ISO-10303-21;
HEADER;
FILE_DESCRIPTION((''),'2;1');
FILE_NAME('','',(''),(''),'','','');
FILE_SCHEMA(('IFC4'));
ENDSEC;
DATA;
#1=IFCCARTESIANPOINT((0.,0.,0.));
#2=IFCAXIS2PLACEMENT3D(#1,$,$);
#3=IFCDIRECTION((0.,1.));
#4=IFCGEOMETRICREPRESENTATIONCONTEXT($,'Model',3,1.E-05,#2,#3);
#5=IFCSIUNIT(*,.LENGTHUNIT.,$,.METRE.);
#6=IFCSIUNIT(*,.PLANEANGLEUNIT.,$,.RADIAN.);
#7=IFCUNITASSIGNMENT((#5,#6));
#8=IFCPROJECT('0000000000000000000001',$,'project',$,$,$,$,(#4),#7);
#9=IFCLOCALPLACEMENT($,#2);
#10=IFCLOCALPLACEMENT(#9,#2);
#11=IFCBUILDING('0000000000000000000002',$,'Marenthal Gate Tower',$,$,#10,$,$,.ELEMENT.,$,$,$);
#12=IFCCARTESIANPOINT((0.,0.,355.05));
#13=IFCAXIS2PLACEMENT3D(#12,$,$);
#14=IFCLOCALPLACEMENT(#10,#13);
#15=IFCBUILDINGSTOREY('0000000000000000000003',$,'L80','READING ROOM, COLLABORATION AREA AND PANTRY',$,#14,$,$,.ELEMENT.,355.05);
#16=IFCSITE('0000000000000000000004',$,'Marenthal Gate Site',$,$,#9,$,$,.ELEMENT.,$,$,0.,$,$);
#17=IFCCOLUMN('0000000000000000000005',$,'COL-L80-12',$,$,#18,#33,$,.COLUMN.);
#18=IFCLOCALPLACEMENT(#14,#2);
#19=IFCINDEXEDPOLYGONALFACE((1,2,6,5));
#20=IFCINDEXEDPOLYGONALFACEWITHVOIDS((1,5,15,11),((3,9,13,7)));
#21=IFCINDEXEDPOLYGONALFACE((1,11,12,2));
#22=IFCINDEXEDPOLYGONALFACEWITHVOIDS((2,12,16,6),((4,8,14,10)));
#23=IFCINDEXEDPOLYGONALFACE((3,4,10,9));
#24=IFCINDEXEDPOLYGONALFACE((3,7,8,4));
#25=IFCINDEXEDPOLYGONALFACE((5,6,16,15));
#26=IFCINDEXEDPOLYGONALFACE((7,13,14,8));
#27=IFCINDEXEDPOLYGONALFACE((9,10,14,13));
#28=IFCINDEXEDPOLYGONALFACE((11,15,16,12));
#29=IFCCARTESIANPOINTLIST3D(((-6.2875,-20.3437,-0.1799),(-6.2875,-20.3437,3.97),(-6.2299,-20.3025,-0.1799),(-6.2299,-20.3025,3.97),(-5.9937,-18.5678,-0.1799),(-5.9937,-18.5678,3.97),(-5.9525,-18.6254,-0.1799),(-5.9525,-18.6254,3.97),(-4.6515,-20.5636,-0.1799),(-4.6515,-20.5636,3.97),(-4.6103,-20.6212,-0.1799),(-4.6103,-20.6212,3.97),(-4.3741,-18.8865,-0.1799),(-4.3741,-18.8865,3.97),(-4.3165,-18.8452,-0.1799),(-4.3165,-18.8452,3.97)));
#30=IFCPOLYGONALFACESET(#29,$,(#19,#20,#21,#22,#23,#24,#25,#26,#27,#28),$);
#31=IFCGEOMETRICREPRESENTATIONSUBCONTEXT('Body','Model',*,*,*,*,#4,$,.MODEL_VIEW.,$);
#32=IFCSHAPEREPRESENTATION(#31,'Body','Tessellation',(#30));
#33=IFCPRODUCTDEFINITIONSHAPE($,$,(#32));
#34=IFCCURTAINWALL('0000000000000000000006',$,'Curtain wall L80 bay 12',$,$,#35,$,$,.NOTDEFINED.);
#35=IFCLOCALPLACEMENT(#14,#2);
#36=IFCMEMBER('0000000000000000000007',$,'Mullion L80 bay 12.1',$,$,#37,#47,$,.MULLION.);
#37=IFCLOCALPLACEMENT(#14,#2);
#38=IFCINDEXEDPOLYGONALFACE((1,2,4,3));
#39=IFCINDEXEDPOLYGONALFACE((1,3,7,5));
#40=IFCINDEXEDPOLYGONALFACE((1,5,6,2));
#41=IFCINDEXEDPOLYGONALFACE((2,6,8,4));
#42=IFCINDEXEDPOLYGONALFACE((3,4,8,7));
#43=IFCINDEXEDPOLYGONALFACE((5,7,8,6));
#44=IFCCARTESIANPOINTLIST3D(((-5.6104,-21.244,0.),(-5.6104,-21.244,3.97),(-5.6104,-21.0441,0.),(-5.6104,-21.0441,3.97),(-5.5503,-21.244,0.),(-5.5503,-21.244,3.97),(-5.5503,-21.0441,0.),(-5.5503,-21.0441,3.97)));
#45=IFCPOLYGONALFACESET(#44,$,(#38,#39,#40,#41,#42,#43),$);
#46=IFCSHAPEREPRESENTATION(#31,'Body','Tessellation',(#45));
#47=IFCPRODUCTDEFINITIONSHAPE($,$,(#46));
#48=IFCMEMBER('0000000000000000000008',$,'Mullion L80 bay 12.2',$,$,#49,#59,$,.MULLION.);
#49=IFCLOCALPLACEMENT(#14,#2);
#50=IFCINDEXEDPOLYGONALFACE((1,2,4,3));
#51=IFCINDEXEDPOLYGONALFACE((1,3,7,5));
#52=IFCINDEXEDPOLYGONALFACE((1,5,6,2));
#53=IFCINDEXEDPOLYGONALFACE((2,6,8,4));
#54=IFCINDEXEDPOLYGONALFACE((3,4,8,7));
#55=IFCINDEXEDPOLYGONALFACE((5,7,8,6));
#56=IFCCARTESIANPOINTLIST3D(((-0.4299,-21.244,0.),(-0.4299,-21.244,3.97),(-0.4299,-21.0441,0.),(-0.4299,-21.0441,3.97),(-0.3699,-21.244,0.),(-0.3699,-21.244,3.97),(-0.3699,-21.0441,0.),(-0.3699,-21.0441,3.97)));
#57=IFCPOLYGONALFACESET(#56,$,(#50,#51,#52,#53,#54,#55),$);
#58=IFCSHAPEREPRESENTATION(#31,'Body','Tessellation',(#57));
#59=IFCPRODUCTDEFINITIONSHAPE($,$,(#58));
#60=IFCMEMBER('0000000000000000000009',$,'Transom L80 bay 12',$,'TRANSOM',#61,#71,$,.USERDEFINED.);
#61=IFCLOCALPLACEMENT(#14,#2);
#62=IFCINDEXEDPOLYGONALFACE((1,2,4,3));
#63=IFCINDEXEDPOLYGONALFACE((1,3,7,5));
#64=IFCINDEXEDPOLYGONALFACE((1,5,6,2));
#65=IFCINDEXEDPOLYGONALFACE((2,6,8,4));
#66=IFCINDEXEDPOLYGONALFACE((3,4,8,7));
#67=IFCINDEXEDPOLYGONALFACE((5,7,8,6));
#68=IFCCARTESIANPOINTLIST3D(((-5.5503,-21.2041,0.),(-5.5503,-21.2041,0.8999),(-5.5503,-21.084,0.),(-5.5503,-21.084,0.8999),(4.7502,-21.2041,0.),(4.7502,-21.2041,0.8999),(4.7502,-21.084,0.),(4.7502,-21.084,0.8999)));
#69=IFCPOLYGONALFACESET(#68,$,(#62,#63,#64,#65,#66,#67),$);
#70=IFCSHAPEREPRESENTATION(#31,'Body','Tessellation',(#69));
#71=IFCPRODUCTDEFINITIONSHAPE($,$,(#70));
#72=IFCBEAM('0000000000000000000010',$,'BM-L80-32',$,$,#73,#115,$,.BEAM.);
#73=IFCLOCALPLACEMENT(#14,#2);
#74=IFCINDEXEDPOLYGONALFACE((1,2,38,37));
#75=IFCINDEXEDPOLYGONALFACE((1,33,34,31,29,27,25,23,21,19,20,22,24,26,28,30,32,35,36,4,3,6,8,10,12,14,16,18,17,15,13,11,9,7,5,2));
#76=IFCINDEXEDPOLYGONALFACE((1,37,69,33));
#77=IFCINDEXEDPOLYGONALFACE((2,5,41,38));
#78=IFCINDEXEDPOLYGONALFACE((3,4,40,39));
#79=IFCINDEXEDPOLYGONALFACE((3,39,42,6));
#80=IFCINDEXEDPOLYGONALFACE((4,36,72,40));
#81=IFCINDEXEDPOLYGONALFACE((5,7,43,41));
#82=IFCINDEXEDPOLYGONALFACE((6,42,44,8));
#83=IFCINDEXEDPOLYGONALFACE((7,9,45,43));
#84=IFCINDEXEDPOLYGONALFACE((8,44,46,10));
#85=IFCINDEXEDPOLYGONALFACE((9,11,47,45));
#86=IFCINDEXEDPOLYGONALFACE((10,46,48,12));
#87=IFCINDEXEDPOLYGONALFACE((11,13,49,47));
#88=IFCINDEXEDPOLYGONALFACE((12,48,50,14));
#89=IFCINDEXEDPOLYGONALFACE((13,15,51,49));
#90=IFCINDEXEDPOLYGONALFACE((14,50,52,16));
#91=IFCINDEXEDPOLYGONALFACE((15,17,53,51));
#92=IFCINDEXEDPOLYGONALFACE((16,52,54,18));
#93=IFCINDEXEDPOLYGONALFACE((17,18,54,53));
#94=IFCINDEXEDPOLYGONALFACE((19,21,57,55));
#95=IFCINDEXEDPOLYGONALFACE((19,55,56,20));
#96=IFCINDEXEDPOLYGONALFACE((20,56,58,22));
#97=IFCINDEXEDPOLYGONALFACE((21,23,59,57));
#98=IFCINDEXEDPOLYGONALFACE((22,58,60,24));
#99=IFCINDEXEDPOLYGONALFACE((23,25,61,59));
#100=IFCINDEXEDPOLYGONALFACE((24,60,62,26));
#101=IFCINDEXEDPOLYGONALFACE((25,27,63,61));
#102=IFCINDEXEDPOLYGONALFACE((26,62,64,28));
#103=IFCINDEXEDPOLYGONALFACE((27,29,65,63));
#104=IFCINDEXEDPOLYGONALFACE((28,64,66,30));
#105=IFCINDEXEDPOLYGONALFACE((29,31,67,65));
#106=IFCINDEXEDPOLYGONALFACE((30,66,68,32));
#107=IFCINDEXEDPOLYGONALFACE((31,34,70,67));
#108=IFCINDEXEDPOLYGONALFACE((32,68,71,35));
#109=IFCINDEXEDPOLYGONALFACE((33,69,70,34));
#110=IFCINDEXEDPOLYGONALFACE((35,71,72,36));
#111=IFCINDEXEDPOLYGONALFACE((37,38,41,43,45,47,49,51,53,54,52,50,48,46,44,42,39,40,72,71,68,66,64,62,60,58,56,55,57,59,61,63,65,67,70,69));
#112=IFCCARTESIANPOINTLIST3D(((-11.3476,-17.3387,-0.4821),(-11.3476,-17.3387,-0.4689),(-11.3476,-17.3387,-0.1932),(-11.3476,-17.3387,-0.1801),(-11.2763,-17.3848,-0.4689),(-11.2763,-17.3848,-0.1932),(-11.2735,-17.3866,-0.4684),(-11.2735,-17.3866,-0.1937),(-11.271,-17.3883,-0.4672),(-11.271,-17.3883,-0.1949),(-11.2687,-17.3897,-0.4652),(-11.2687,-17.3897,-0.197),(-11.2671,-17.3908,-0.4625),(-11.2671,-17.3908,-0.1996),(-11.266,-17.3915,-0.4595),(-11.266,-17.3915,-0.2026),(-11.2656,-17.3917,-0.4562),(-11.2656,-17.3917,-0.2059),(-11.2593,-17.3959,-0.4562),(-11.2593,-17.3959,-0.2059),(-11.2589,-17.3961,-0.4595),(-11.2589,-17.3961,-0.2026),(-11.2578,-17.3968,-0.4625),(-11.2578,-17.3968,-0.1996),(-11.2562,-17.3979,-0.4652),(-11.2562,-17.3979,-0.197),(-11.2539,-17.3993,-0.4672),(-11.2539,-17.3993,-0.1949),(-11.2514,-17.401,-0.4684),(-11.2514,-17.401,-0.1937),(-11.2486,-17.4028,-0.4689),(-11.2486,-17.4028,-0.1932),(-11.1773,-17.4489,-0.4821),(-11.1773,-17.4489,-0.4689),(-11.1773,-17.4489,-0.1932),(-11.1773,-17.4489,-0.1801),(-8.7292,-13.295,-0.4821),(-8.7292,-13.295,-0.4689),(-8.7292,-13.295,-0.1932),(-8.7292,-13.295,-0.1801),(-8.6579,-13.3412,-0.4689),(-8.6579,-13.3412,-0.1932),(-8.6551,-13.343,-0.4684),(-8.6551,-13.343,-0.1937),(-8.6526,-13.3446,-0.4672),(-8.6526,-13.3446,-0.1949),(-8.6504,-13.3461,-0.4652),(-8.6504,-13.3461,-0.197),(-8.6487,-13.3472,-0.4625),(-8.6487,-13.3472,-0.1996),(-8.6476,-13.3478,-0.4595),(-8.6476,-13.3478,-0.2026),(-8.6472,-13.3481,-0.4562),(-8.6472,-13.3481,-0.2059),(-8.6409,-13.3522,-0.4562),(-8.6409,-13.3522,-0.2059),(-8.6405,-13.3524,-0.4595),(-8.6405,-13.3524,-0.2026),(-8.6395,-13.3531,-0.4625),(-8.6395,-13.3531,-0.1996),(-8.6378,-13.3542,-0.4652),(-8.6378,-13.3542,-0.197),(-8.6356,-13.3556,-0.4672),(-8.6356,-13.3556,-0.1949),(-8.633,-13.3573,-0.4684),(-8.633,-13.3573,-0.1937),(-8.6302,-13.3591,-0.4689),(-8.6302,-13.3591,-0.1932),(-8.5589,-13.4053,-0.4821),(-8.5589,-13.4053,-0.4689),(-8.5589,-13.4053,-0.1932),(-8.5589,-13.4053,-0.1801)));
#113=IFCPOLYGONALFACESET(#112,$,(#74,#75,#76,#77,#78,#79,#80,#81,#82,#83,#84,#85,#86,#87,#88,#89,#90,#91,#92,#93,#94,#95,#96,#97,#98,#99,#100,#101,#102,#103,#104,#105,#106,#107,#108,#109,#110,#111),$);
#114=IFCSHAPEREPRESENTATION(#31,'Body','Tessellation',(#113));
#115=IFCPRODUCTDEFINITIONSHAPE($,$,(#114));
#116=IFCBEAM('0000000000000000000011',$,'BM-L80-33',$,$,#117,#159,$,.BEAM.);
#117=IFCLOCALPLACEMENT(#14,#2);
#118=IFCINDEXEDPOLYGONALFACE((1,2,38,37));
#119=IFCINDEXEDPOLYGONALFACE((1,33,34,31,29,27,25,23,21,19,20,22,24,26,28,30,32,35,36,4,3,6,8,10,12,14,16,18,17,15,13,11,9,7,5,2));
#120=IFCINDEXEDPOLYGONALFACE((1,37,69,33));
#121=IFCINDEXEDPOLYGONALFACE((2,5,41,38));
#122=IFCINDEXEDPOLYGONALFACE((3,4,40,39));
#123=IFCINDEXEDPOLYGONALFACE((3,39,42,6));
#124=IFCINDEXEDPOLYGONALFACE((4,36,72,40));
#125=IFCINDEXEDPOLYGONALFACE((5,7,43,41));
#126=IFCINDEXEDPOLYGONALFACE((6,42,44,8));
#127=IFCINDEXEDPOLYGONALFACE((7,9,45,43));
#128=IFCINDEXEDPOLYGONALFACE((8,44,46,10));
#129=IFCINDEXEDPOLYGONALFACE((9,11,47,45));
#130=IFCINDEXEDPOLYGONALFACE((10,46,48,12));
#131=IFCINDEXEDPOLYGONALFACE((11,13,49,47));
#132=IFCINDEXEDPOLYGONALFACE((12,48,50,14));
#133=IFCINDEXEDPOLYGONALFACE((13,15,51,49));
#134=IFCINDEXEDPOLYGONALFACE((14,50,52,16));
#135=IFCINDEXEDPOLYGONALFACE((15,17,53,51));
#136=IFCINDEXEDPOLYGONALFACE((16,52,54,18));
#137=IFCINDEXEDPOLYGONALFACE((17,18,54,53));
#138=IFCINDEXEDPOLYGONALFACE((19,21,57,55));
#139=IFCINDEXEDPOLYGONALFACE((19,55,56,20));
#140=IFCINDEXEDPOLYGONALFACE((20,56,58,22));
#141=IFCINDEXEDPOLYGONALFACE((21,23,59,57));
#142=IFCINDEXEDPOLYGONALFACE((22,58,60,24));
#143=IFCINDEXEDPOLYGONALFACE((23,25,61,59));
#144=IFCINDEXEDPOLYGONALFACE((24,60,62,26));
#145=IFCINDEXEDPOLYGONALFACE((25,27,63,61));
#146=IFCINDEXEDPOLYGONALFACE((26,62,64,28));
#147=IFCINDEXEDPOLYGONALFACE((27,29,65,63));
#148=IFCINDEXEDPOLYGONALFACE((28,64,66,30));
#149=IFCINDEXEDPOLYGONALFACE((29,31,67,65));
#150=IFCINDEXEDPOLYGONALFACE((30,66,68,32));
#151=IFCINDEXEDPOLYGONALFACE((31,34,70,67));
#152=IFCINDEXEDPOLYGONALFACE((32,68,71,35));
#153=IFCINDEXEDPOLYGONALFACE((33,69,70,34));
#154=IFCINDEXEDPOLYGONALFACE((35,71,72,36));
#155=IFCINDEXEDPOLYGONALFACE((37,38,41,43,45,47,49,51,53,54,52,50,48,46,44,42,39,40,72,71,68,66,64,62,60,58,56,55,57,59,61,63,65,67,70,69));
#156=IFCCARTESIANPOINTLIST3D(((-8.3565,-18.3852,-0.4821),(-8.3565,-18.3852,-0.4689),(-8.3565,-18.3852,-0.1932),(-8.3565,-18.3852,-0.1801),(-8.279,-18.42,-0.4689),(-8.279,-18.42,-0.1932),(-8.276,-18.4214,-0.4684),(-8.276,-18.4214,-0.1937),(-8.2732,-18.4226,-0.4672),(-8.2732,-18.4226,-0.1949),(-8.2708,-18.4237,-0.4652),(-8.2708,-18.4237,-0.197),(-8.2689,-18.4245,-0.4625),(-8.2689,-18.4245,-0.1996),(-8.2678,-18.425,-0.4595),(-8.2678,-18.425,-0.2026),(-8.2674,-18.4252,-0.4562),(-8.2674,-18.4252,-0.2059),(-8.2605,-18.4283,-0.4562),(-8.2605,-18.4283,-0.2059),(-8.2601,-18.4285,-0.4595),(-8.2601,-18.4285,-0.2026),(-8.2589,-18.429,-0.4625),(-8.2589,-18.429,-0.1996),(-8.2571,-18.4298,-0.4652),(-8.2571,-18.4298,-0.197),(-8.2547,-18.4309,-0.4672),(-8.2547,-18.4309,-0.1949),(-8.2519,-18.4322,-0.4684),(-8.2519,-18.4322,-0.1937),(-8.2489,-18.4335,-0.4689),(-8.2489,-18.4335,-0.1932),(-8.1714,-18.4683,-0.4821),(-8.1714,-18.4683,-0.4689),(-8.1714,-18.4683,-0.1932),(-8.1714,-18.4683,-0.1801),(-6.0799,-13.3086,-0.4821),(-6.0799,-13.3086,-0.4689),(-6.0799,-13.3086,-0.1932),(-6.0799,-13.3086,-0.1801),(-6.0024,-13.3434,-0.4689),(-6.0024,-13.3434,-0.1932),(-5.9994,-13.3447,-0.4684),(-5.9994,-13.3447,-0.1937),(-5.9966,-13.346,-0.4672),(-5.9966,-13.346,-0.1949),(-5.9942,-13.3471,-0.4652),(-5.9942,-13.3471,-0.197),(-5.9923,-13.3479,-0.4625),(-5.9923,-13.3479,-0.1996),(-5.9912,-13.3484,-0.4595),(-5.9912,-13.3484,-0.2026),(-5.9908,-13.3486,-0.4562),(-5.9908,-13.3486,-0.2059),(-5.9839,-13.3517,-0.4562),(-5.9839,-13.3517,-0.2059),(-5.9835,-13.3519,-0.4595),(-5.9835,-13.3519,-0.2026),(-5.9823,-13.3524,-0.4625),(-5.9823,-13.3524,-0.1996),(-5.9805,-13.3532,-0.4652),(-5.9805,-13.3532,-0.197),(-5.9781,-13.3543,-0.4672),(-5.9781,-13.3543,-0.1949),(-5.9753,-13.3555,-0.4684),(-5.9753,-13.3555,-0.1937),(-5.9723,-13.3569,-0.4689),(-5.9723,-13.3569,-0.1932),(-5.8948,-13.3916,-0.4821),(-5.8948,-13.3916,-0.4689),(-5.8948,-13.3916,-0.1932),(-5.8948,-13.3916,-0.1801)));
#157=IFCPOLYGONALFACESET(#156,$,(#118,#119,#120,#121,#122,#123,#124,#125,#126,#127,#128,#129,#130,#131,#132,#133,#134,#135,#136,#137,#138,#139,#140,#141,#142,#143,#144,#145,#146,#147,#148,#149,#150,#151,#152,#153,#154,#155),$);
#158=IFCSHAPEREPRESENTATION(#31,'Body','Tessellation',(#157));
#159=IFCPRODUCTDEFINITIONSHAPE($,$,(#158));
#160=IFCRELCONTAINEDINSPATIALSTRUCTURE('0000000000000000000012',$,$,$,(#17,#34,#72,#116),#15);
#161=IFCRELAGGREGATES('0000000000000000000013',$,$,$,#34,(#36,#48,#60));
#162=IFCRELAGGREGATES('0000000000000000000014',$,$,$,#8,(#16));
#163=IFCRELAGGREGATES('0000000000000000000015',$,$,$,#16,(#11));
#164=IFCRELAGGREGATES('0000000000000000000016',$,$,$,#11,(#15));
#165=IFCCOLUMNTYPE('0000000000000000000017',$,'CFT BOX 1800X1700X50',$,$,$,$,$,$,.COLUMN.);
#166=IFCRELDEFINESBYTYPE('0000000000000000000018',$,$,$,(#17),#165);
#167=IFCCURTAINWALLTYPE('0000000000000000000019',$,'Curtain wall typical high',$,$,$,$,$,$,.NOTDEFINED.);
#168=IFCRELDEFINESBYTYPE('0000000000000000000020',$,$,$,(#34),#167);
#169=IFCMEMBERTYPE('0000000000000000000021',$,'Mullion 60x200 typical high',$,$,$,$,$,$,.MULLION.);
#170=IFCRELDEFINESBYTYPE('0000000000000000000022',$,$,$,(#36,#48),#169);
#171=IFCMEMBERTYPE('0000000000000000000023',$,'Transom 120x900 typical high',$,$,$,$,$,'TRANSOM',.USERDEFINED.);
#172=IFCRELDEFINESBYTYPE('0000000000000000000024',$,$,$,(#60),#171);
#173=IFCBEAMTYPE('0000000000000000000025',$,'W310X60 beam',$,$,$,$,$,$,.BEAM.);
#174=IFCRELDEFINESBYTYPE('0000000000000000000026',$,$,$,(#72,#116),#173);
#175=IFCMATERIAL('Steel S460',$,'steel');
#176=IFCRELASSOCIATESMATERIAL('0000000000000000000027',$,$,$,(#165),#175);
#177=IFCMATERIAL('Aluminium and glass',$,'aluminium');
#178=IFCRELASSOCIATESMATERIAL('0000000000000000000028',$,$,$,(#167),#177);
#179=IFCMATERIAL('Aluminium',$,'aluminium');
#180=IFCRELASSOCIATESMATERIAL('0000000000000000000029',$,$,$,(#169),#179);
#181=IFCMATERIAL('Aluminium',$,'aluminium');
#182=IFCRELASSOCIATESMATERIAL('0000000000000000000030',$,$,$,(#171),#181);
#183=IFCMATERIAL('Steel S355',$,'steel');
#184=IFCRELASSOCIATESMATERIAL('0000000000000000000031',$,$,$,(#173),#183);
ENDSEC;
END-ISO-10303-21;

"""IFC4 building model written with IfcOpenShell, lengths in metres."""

from ifc_helpers import new_model, si_unit, direction, frame, origin, origin_2d, place, context, subcontext, project, spatial, rectangle, hollow_rectangle, i_section, extrude, material, material_profile, profile_set, type_object, element, aggregate, save


model = new_model("IFC4")

# Units and contexts
model_context = context("Model", 3, precision=1e-05, world=origin(), true_north=direction((0.0, 1.0)))
body_context = subcontext(model_context, "Body", "Model", "MODEL_VIEW")
ifc_project = project(units=[si_unit("LENGTHUNIT", "METRE"), si_unit("PLANEANGLEUNIT", "RADIAN")], contexts=[model_context])

# Site, building, storey
site_placement = place(None, origin())
site = spatial("IfcSite", under=ifc_project, at=site_placement, Name="Marenthal Gate Site", CompositionType="ELEMENT", RefElevation=0.0)
building_placement = place(site_placement, origin())
building = spatial("IfcBuilding", under=site, at=building_placement, Name="Marenthal Gate Tower", CompositionType="ELEMENT")
storey_placement = place(building_placement, frame((0.0, 0.0, 355.05)))
storey = spatial("IfcBuildingStorey", under=building, at=storey_placement, Name="L80", Description="READING ROOM, COLLABORATION AREA AND PANTRY", CompositionType="ELEMENT", Elevation=355.05)

# Column
ifc_material_1 = material(Name="Steel S460", Category="steel")
ifc_material_profile_1 = material_profile(ifc_material_1, hollow_rectangle(XDim=1.7, YDim=1.8, WallThickness=0.05, at=origin_2d()), Name="CFT BOX 1800X1700X50")
ifc_material_2 = material(Name="Concrete 70 MPa", Category="concrete")
ifc_material_profile_2 = material_profile(ifc_material_2, rectangle(XDim=1.6001, YDim=1.7, at=origin_2d()), Name="CFT BOX 1800X1700X50 INFILL")
ifc_profile_set_1 = profile_set([ifc_material_profile_1, ifc_material_profile_2], Name="Steel S460 shell, Concrete 70 MPa infill")
column_type = type_object("IfcColumnType", Name="CFT BOX 1800X1700X50", PredefinedType="COLUMN", material=ifc_profile_set_1)
column_placement = place(storey_placement, frame((-5.302, -19.5945, -0.1799), z_axis=(0.0, 0.0, 1.0), x_axis=(-0.986593, 0.1632, 0.0)))
element("IfcColumn", 1, at=column_placement, inside=storey, type_object=column_type, Name="COL-L80-12", PredefinedType="COLUMN", context=body_context, shape_type="SweptSolid", body=[
    extrude(hollow_rectangle(XDim=1.7, YDim=1.8, WallThickness=0.05, at=origin_2d()), origin(), (0.0, 0.0, 1.0), 4.1499),
])

# Curtain wall, members
ifc_material_3 = material(Name="Aluminium and glass", Category="aluminium")
curtain_wall_type = type_object("IfcCurtainWallType", Name="Curtain wall typical high", PredefinedType="NOTDEFINED", material=ifc_material_3)
curtain_wall_placement = place(storey_placement, origin())
curtain_wall = element("IfcCurtainWall", 2, at=curtain_wall_placement, inside=storey, type_object=curtain_wall_type, Name="Curtain wall L80 bay 12", PredefinedType="NOTDEFINED")
ifc_material_4 = material(Name="Aluminium", Category="aluminium")
ifc_material_profile_3 = material_profile(ifc_material_4, rectangle(XDim=0.2, YDim=0.0601, at=origin_2d()), Name="60x200 aluminium mullion")
ifc_profile_set_2 = profile_set([ifc_material_profile_3], Name="Aluminium")
member_type_1 = type_object("IfcMemberType", Name="Mullion 60x200 typical high", PredefinedType="MULLION", material=ifc_profile_set_2)
member_1_placement = place(storey_placement, frame((-5.5803, -21.144, 0.0), z_axis=(0.0, 0.0, 1.0), x_axis=(0.0, 1.0, 0.0)))
member_1 = element("IfcMember", 3, at=member_1_placement, type_object=member_type_1, Name="Mullion L80 bay 12.1", PredefinedType="MULLION", context=body_context, shape_type="SweptSolid", body=[
    extrude(rectangle(XDim=0.2, YDim=0.0601, at=origin_2d()), origin(), (0.0, 0.0, 1.0), 3.97),
])
member_2_placement = place(storey_placement, frame((-0.3999, -21.144, 0.0), z_axis=(0.0, 0.0, 1.0), x_axis=(0.0, 1.0, 0.0)))
member_2 = element("IfcMember", 4, at=member_2_placement, type_object=member_type_1, Name="Mullion L80 bay 12.2", PredefinedType="MULLION", context=body_context, shape_type="SweptSolid", body=[
    extrude(rectangle(XDim=0.2, YDim=0.0601, at=origin_2d()), origin(), (0.0, 0.0, 1.0), 3.97),
])
ifc_material_5 = material(Name="Aluminium", Category="aluminium")
ifc_material_profile_4 = material_profile(ifc_material_5, rectangle(XDim=0.1201, YDim=0.8999, at=origin_2d()), Name="120x900 aluminium transom")
ifc_profile_set_3 = profile_set([ifc_material_profile_4], Name="Aluminium")
member_type_2 = type_object("IfcMemberType", Name="Transom 120x900 typical high", ElementType="TRANSOM", PredefinedType="USERDEFINED", material=ifc_profile_set_3)
member_3_placement = place(storey_placement, frame((-5.5503, -21.144, 0.45), z_axis=(1.0, 0.0, 0.0), x_axis=(0.0, 1.0, 0.0)))
member_3 = element("IfcMember", 5, at=member_3_placement, type_object=member_type_2, Name="Transom L80 bay 12", ObjectType="TRANSOM", PredefinedType="USERDEFINED", context=body_context, shape_type="SweptSolid", body=[
    extrude(rectangle(XDim=0.1201, YDim=0.8999, at=origin_2d()), origin(), (0.0, 0.0, 1.0), 10.3005),
])

# Beams
ifc_material_6 = material(Name="Steel S355", Category="steel")
ifc_material_profile_5 = material_profile(ifc_material_6, i_section(OverallWidth=0.2029, OverallDepth=0.302, WebThickness=0.0076, FlangeThickness=0.0132, FilletRadius=0.0127, at=origin_2d()), Name="W310X60")
ifc_profile_set_4 = profile_set([ifc_material_profile_5], Name="Steel S355")
beam_type_1 = type_object("IfcBeamType", Name="W310X60 beam", PredefinedType="BEAM", material=ifc_profile_set_4)
beam_1_placement = place(storey_placement, frame((-11.2625, -17.3938, -0.3311), z_axis=(0.543529, 0.839391, 0.0), x_axis=(-0.839391, 0.543529, 0.0)))
element("IfcBeam", 6, at=beam_1_placement, inside=storey, type_object=beam_type_1, Name="BM-L80-32", PredefinedType="BEAM", context=body_context, shape_type="SweptSolid", body=[
    extrude(i_section(OverallWidth=0.2029, OverallDepth=0.302, WebThickness=0.0076, FlangeThickness=0.0132, FilletRadius=0.0127, at=origin_2d()), origin(), (0.0, 0.0, 1.0), 4.8174),
])
beam_2_placement = place(storey_placement, frame((-8.2639, -18.4268, -0.3311), z_axis=(0.409186, 0.912451, 0.0), x_axis=(-0.912451, 0.409186, 0.0)))
element("IfcBeam", 7, at=beam_2_placement, inside=storey, type_object=beam_type_1, Name="BM-L80-33", PredefinedType="BEAM", context=body_context, shape_type="SweptSolid", body=[
    extrude(i_section(OverallWidth=0.2029, OverallDepth=0.302, WebThickness=0.0076, FlangeThickness=0.0132, FilletRadius=0.0127, at=origin_2d()), origin(), (0.0, 0.0, 1.0), 5.5637),
])

aggregate(curtain_wall, [member_1, member_2, member_3])

save(model, "model.ifc")
